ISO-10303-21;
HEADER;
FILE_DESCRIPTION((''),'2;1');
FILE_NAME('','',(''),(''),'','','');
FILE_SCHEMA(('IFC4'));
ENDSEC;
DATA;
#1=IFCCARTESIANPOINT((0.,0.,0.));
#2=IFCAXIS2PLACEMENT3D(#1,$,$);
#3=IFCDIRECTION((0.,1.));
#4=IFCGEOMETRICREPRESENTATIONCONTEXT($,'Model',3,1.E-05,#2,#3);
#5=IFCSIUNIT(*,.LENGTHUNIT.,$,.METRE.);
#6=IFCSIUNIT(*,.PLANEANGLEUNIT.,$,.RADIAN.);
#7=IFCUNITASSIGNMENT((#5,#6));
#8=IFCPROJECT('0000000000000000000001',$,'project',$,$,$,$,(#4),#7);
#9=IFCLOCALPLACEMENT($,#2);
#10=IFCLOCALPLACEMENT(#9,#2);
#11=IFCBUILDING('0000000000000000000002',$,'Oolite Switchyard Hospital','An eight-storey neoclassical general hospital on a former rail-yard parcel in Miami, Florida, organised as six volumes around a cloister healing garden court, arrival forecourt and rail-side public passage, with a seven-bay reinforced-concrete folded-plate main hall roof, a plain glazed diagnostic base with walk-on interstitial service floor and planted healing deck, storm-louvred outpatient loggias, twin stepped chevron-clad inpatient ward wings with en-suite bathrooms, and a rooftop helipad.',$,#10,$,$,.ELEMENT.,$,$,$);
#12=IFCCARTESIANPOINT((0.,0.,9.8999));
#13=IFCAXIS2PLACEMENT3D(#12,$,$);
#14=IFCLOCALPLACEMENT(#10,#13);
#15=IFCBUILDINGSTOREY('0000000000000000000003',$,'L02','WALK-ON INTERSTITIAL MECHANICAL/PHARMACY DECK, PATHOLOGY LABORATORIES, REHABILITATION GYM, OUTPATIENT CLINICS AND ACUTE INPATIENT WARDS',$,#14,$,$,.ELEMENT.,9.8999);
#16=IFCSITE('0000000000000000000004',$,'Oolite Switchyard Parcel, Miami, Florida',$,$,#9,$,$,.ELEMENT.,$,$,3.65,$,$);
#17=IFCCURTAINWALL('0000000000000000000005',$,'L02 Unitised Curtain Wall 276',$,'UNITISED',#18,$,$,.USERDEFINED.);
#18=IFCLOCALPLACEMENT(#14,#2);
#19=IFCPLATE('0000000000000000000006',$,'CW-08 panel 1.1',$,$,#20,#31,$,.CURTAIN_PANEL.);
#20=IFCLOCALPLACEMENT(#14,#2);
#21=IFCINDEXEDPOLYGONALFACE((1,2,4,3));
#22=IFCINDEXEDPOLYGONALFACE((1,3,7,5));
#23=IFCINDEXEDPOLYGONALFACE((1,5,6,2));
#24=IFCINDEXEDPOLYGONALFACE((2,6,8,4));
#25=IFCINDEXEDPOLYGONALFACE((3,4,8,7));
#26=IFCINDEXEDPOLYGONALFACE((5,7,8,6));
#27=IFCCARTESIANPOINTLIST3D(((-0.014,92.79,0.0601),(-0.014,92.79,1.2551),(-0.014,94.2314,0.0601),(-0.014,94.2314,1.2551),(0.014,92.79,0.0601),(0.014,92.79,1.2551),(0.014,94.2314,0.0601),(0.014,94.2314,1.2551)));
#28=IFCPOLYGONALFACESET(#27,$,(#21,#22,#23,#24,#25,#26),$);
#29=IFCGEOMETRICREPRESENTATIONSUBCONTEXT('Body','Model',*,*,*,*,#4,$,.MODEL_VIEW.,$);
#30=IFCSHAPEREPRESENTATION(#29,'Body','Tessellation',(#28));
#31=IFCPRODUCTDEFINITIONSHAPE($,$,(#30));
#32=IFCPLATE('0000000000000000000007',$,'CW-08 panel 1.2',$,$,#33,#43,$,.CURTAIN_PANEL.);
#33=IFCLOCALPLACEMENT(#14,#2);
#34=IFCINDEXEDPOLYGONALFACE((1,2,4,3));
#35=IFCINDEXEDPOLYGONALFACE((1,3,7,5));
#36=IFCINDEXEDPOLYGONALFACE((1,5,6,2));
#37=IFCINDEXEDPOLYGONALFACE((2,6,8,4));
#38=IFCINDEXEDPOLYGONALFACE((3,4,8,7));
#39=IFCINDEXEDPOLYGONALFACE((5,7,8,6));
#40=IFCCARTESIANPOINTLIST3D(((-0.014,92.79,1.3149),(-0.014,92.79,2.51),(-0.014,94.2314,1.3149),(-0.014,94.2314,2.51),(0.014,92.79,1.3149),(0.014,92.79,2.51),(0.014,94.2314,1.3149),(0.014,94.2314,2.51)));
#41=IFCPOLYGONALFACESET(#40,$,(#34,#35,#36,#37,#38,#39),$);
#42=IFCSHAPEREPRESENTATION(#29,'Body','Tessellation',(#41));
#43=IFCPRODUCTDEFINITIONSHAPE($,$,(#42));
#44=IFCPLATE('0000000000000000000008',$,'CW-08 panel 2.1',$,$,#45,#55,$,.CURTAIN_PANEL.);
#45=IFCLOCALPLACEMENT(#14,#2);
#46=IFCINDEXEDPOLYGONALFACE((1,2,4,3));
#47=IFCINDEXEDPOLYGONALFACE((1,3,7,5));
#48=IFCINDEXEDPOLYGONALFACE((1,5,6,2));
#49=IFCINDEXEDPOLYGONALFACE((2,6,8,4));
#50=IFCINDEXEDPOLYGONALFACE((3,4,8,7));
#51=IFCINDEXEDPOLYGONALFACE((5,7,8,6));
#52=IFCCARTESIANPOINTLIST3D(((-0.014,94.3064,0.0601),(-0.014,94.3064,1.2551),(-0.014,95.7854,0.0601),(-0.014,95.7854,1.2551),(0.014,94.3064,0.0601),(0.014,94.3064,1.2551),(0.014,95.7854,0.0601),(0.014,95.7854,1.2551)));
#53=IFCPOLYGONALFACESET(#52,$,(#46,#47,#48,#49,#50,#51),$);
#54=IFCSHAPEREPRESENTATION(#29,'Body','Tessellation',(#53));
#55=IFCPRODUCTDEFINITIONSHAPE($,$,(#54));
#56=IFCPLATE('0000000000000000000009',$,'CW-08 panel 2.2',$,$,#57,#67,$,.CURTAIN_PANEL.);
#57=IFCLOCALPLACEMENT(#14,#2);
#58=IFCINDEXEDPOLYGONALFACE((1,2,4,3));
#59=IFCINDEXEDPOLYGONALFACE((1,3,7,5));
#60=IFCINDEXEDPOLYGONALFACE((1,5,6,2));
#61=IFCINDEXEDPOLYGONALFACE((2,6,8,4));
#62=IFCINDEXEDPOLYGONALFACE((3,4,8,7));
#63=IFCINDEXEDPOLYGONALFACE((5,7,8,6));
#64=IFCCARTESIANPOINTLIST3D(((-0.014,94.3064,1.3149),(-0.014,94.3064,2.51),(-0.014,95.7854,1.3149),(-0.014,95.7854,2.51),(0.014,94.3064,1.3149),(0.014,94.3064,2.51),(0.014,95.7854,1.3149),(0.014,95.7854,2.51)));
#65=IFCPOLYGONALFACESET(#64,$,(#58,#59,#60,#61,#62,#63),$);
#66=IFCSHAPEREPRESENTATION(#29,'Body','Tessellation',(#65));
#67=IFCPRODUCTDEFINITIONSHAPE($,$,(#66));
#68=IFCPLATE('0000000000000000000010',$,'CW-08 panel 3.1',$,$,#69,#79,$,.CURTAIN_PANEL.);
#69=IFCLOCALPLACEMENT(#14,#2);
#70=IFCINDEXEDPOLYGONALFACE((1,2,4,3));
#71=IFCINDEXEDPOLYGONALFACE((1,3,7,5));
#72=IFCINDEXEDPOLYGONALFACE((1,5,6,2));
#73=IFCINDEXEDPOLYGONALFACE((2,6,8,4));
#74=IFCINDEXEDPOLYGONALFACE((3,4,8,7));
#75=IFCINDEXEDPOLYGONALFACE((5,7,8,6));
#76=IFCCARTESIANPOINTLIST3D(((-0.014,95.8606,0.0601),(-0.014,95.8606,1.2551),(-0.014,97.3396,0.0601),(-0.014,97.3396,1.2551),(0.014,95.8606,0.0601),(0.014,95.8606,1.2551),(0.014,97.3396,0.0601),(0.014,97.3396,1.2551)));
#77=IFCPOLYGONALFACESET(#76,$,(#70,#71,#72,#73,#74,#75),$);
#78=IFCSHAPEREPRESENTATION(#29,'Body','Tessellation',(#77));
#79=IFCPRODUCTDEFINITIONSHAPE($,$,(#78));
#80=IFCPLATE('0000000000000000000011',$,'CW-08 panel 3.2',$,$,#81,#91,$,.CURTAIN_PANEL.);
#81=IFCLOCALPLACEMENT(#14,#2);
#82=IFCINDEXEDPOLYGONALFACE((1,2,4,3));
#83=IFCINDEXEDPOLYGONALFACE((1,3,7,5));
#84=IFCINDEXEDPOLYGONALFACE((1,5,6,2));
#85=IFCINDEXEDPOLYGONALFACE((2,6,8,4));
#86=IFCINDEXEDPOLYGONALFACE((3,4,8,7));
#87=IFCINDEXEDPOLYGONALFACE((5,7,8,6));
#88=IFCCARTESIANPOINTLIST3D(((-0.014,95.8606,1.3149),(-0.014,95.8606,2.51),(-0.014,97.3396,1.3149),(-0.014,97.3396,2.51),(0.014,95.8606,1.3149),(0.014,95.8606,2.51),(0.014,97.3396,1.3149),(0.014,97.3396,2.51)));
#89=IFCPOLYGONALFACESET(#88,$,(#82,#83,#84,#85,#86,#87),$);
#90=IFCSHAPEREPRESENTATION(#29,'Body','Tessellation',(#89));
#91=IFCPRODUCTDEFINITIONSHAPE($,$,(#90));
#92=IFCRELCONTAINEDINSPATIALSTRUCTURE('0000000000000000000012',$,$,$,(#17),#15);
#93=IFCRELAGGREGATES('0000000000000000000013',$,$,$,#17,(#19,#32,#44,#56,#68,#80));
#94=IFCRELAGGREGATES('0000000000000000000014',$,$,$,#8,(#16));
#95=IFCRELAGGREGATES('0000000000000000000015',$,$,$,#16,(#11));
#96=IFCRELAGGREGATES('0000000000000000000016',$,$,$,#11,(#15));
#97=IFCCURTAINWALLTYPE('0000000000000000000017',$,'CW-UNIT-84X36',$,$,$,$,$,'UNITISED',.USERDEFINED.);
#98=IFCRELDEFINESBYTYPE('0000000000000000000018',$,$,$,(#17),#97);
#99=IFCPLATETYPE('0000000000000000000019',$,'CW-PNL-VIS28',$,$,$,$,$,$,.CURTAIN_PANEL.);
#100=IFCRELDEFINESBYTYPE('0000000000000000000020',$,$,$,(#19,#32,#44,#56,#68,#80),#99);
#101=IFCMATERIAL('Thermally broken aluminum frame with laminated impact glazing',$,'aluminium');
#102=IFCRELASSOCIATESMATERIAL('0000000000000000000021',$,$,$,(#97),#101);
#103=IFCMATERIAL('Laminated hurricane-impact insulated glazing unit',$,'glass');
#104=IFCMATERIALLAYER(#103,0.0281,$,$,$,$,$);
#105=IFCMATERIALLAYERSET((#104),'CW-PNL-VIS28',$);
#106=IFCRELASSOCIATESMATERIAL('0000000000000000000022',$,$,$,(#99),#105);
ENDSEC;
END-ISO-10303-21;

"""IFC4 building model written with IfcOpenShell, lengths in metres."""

from ifc_helpers import new_model, si_unit, direction, frame, origin, origin_2d, place, context, subcontext, project, spatial, rectangle, extrude, material, layer, layer_set, type_object, element, aggregate, save


model = new_model("IFC4")

# Units and contexts
model_context = context("Model", 3, precision=1e-05, world=origin(), true_north=direction((0.0, 1.0)))
body_context = subcontext(model_context, "Body", "Model", "MODEL_VIEW")
ifc_project = project(units=[si_unit("LENGTHUNIT", "METRE"), si_unit("PLANEANGLEUNIT", "RADIAN")], contexts=[model_context])

# Site, building, storey
site_placement = place(None, origin())
site = spatial("IfcSite", under=ifc_project, at=site_placement, Name="Oolite Switchyard Parcel, Miami, Florida", CompositionType="ELEMENT", RefElevation=3.65)
building_placement = place(site_placement, origin())
building = spatial("IfcBuilding", under=site, at=building_placement, Name="Oolite Switchyard Hospital", Description="An eight-storey neoclassical general hospital on a former rail-yard parcel in Miami, Florida, organised as six volumes around a cloister healing garden court, arrival forecourt and rail-side public passage, with a seven-bay reinforced-concrete folded-plate main hall roof, a plain glazed diagnostic base with walk-on interstitial service floor and planted healing deck, storm-louvred outpatient loggias, twin stepped chevron-clad inpatient ward wings with en-suite bathrooms, and a rooftop helipad.", CompositionType="ELEMENT")
storey_placement = place(building_placement, frame((0.0, 0.0, 9.8999)))
storey = spatial("IfcBuildingStorey", under=building, at=storey_placement, Name="L02", Description="WALK-ON INTERSTITIAL MECHANICAL/PHARMACY DECK, PATHOLOGY LABORATORIES, REHABILITATION GYM, OUTPATIENT CLINICS AND ACUTE INPATIENT WARDS", CompositionType="ELEMENT", Elevation=9.8999)

# Curtain wall, plates
ifc_material_1 = material(Name="Thermally broken aluminum frame with laminated impact glazing", Category="aluminium")
curtain_wall_type = type_object("IfcCurtainWallType", Name="CW-UNIT-84X36", ElementType="UNITISED", PredefinedType="USERDEFINED", material=ifc_material_1)
curtain_wall_placement = place(storey_placement, origin())
curtain_wall = element("IfcCurtainWall", 1, at=curtain_wall_placement, inside=storey, type_object=curtain_wall_type, Name="L02 Unitised Curtain Wall 276", ObjectType="UNITISED", PredefinedType="USERDEFINED")
ifc_material_2 = material(Name="Laminated hurricane-impact insulated glazing unit", Category="glass")
ifc_layer = layer(ifc_material_2, 0.0281)
ifc_layer_set = layer_set([ifc_layer], Name="CW-PNL-VIS28")
plate_type = type_object("IfcPlateType", Name="CW-PNL-VIS28", PredefinedType="CURTAIN_PANEL", material=ifc_layer_set)
plate_1_placement = place(storey_placement, frame((0.0, 93.5107, 0.0601), z_axis=(0.0, 0.0, 1.0), x_axis=(0.0, 1.0, 0.0)))
plate_1 = element("IfcPlate", 2, at=plate_1_placement, type_object=plate_type, Name="CW-08 panel 1.1", PredefinedType="CURTAIN_PANEL", context=body_context, shape_type="SweptSolid", body=[
    extrude(rectangle(XDim=1.4414, YDim=0.0281, at=origin_2d()), origin(), (0.0, 0.0, 1.0), 1.1951),
])
plate_2_placement = place(storey_placement, frame((0.0, 93.5107, 1.3149), z_axis=(0.0, 0.0, 1.0), x_axis=(0.0, 1.0, 0.0)))
plate_2 = element("IfcPlate", 3, at=plate_2_placement, type_object=plate_type, Name="CW-08 panel 1.2", PredefinedType="CURTAIN_PANEL", context=body_context, shape_type="SweptSolid", body=[
    extrude(rectangle(XDim=1.4414, YDim=0.0281, at=origin_2d()), origin(), (0.0, 0.0, 1.0), 1.1951),
])
plate_3_placement = place(storey_placement, frame((0.0, 95.0459, 0.0601), z_axis=(0.0, 0.0, 1.0), x_axis=(0.0, 1.0, 0.0)))
plate_3 = element("IfcPlate", 4, at=plate_3_placement, type_object=plate_type, Name="CW-08 panel 2.1", PredefinedType="CURTAIN_PANEL", context=body_context, shape_type="SweptSolid", body=[
    extrude(rectangle(XDim=1.479, YDim=0.0281, at=origin_2d()), origin(), (0.0, 0.0, 1.0), 1.1951),
])
plate_4_placement = place(storey_placement, frame((0.0, 95.0459, 1.3149), z_axis=(0.0, 0.0, 1.0), x_axis=(0.0, 1.0, 0.0)))
plate_4 = element("IfcPlate", 5, at=plate_4_placement, type_object=plate_type, Name="CW-08 panel 2.2", PredefinedType="CURTAIN_PANEL", context=body_context, shape_type="SweptSolid", body=[
    extrude(rectangle(XDim=1.479, YDim=0.0281, at=origin_2d()), origin(), (0.0, 0.0, 1.0), 1.1951),
])
plate_5_placement = place(storey_placement, frame((0.0, 96.6001, 0.0601), z_axis=(0.0, 0.0, 1.0), x_axis=(0.0, 1.0, 0.0)))
plate_5 = element("IfcPlate", 6, at=plate_5_placement, type_object=plate_type, Name="CW-08 panel 3.1", PredefinedType="CURTAIN_PANEL", context=body_context, shape_type="SweptSolid", body=[
    extrude(rectangle(XDim=1.479, YDim=0.0281, at=origin_2d()), origin(), (0.0, 0.0, 1.0), 1.1951),
])
plate_6_placement = place(storey_placement, frame((0.0, 96.6001, 1.3149), z_axis=(0.0, 0.0, 1.0), x_axis=(0.0, 1.0, 0.0)))
plate_6 = element("IfcPlate", 7, at=plate_6_placement, type_object=plate_type, Name="CW-08 panel 3.2", PredefinedType="CURTAIN_PANEL", context=body_context, shape_type="SweptSolid", body=[
    extrude(rectangle(XDim=1.479, YDim=0.0281, at=origin_2d()), origin(), (0.0, 0.0, 1.0), 1.1951),
])
aggregate(curtain_wall, [plate_1, plate_2, plate_3, plate_4, plate_5, plate_6])

save(model, "model.ifc")
